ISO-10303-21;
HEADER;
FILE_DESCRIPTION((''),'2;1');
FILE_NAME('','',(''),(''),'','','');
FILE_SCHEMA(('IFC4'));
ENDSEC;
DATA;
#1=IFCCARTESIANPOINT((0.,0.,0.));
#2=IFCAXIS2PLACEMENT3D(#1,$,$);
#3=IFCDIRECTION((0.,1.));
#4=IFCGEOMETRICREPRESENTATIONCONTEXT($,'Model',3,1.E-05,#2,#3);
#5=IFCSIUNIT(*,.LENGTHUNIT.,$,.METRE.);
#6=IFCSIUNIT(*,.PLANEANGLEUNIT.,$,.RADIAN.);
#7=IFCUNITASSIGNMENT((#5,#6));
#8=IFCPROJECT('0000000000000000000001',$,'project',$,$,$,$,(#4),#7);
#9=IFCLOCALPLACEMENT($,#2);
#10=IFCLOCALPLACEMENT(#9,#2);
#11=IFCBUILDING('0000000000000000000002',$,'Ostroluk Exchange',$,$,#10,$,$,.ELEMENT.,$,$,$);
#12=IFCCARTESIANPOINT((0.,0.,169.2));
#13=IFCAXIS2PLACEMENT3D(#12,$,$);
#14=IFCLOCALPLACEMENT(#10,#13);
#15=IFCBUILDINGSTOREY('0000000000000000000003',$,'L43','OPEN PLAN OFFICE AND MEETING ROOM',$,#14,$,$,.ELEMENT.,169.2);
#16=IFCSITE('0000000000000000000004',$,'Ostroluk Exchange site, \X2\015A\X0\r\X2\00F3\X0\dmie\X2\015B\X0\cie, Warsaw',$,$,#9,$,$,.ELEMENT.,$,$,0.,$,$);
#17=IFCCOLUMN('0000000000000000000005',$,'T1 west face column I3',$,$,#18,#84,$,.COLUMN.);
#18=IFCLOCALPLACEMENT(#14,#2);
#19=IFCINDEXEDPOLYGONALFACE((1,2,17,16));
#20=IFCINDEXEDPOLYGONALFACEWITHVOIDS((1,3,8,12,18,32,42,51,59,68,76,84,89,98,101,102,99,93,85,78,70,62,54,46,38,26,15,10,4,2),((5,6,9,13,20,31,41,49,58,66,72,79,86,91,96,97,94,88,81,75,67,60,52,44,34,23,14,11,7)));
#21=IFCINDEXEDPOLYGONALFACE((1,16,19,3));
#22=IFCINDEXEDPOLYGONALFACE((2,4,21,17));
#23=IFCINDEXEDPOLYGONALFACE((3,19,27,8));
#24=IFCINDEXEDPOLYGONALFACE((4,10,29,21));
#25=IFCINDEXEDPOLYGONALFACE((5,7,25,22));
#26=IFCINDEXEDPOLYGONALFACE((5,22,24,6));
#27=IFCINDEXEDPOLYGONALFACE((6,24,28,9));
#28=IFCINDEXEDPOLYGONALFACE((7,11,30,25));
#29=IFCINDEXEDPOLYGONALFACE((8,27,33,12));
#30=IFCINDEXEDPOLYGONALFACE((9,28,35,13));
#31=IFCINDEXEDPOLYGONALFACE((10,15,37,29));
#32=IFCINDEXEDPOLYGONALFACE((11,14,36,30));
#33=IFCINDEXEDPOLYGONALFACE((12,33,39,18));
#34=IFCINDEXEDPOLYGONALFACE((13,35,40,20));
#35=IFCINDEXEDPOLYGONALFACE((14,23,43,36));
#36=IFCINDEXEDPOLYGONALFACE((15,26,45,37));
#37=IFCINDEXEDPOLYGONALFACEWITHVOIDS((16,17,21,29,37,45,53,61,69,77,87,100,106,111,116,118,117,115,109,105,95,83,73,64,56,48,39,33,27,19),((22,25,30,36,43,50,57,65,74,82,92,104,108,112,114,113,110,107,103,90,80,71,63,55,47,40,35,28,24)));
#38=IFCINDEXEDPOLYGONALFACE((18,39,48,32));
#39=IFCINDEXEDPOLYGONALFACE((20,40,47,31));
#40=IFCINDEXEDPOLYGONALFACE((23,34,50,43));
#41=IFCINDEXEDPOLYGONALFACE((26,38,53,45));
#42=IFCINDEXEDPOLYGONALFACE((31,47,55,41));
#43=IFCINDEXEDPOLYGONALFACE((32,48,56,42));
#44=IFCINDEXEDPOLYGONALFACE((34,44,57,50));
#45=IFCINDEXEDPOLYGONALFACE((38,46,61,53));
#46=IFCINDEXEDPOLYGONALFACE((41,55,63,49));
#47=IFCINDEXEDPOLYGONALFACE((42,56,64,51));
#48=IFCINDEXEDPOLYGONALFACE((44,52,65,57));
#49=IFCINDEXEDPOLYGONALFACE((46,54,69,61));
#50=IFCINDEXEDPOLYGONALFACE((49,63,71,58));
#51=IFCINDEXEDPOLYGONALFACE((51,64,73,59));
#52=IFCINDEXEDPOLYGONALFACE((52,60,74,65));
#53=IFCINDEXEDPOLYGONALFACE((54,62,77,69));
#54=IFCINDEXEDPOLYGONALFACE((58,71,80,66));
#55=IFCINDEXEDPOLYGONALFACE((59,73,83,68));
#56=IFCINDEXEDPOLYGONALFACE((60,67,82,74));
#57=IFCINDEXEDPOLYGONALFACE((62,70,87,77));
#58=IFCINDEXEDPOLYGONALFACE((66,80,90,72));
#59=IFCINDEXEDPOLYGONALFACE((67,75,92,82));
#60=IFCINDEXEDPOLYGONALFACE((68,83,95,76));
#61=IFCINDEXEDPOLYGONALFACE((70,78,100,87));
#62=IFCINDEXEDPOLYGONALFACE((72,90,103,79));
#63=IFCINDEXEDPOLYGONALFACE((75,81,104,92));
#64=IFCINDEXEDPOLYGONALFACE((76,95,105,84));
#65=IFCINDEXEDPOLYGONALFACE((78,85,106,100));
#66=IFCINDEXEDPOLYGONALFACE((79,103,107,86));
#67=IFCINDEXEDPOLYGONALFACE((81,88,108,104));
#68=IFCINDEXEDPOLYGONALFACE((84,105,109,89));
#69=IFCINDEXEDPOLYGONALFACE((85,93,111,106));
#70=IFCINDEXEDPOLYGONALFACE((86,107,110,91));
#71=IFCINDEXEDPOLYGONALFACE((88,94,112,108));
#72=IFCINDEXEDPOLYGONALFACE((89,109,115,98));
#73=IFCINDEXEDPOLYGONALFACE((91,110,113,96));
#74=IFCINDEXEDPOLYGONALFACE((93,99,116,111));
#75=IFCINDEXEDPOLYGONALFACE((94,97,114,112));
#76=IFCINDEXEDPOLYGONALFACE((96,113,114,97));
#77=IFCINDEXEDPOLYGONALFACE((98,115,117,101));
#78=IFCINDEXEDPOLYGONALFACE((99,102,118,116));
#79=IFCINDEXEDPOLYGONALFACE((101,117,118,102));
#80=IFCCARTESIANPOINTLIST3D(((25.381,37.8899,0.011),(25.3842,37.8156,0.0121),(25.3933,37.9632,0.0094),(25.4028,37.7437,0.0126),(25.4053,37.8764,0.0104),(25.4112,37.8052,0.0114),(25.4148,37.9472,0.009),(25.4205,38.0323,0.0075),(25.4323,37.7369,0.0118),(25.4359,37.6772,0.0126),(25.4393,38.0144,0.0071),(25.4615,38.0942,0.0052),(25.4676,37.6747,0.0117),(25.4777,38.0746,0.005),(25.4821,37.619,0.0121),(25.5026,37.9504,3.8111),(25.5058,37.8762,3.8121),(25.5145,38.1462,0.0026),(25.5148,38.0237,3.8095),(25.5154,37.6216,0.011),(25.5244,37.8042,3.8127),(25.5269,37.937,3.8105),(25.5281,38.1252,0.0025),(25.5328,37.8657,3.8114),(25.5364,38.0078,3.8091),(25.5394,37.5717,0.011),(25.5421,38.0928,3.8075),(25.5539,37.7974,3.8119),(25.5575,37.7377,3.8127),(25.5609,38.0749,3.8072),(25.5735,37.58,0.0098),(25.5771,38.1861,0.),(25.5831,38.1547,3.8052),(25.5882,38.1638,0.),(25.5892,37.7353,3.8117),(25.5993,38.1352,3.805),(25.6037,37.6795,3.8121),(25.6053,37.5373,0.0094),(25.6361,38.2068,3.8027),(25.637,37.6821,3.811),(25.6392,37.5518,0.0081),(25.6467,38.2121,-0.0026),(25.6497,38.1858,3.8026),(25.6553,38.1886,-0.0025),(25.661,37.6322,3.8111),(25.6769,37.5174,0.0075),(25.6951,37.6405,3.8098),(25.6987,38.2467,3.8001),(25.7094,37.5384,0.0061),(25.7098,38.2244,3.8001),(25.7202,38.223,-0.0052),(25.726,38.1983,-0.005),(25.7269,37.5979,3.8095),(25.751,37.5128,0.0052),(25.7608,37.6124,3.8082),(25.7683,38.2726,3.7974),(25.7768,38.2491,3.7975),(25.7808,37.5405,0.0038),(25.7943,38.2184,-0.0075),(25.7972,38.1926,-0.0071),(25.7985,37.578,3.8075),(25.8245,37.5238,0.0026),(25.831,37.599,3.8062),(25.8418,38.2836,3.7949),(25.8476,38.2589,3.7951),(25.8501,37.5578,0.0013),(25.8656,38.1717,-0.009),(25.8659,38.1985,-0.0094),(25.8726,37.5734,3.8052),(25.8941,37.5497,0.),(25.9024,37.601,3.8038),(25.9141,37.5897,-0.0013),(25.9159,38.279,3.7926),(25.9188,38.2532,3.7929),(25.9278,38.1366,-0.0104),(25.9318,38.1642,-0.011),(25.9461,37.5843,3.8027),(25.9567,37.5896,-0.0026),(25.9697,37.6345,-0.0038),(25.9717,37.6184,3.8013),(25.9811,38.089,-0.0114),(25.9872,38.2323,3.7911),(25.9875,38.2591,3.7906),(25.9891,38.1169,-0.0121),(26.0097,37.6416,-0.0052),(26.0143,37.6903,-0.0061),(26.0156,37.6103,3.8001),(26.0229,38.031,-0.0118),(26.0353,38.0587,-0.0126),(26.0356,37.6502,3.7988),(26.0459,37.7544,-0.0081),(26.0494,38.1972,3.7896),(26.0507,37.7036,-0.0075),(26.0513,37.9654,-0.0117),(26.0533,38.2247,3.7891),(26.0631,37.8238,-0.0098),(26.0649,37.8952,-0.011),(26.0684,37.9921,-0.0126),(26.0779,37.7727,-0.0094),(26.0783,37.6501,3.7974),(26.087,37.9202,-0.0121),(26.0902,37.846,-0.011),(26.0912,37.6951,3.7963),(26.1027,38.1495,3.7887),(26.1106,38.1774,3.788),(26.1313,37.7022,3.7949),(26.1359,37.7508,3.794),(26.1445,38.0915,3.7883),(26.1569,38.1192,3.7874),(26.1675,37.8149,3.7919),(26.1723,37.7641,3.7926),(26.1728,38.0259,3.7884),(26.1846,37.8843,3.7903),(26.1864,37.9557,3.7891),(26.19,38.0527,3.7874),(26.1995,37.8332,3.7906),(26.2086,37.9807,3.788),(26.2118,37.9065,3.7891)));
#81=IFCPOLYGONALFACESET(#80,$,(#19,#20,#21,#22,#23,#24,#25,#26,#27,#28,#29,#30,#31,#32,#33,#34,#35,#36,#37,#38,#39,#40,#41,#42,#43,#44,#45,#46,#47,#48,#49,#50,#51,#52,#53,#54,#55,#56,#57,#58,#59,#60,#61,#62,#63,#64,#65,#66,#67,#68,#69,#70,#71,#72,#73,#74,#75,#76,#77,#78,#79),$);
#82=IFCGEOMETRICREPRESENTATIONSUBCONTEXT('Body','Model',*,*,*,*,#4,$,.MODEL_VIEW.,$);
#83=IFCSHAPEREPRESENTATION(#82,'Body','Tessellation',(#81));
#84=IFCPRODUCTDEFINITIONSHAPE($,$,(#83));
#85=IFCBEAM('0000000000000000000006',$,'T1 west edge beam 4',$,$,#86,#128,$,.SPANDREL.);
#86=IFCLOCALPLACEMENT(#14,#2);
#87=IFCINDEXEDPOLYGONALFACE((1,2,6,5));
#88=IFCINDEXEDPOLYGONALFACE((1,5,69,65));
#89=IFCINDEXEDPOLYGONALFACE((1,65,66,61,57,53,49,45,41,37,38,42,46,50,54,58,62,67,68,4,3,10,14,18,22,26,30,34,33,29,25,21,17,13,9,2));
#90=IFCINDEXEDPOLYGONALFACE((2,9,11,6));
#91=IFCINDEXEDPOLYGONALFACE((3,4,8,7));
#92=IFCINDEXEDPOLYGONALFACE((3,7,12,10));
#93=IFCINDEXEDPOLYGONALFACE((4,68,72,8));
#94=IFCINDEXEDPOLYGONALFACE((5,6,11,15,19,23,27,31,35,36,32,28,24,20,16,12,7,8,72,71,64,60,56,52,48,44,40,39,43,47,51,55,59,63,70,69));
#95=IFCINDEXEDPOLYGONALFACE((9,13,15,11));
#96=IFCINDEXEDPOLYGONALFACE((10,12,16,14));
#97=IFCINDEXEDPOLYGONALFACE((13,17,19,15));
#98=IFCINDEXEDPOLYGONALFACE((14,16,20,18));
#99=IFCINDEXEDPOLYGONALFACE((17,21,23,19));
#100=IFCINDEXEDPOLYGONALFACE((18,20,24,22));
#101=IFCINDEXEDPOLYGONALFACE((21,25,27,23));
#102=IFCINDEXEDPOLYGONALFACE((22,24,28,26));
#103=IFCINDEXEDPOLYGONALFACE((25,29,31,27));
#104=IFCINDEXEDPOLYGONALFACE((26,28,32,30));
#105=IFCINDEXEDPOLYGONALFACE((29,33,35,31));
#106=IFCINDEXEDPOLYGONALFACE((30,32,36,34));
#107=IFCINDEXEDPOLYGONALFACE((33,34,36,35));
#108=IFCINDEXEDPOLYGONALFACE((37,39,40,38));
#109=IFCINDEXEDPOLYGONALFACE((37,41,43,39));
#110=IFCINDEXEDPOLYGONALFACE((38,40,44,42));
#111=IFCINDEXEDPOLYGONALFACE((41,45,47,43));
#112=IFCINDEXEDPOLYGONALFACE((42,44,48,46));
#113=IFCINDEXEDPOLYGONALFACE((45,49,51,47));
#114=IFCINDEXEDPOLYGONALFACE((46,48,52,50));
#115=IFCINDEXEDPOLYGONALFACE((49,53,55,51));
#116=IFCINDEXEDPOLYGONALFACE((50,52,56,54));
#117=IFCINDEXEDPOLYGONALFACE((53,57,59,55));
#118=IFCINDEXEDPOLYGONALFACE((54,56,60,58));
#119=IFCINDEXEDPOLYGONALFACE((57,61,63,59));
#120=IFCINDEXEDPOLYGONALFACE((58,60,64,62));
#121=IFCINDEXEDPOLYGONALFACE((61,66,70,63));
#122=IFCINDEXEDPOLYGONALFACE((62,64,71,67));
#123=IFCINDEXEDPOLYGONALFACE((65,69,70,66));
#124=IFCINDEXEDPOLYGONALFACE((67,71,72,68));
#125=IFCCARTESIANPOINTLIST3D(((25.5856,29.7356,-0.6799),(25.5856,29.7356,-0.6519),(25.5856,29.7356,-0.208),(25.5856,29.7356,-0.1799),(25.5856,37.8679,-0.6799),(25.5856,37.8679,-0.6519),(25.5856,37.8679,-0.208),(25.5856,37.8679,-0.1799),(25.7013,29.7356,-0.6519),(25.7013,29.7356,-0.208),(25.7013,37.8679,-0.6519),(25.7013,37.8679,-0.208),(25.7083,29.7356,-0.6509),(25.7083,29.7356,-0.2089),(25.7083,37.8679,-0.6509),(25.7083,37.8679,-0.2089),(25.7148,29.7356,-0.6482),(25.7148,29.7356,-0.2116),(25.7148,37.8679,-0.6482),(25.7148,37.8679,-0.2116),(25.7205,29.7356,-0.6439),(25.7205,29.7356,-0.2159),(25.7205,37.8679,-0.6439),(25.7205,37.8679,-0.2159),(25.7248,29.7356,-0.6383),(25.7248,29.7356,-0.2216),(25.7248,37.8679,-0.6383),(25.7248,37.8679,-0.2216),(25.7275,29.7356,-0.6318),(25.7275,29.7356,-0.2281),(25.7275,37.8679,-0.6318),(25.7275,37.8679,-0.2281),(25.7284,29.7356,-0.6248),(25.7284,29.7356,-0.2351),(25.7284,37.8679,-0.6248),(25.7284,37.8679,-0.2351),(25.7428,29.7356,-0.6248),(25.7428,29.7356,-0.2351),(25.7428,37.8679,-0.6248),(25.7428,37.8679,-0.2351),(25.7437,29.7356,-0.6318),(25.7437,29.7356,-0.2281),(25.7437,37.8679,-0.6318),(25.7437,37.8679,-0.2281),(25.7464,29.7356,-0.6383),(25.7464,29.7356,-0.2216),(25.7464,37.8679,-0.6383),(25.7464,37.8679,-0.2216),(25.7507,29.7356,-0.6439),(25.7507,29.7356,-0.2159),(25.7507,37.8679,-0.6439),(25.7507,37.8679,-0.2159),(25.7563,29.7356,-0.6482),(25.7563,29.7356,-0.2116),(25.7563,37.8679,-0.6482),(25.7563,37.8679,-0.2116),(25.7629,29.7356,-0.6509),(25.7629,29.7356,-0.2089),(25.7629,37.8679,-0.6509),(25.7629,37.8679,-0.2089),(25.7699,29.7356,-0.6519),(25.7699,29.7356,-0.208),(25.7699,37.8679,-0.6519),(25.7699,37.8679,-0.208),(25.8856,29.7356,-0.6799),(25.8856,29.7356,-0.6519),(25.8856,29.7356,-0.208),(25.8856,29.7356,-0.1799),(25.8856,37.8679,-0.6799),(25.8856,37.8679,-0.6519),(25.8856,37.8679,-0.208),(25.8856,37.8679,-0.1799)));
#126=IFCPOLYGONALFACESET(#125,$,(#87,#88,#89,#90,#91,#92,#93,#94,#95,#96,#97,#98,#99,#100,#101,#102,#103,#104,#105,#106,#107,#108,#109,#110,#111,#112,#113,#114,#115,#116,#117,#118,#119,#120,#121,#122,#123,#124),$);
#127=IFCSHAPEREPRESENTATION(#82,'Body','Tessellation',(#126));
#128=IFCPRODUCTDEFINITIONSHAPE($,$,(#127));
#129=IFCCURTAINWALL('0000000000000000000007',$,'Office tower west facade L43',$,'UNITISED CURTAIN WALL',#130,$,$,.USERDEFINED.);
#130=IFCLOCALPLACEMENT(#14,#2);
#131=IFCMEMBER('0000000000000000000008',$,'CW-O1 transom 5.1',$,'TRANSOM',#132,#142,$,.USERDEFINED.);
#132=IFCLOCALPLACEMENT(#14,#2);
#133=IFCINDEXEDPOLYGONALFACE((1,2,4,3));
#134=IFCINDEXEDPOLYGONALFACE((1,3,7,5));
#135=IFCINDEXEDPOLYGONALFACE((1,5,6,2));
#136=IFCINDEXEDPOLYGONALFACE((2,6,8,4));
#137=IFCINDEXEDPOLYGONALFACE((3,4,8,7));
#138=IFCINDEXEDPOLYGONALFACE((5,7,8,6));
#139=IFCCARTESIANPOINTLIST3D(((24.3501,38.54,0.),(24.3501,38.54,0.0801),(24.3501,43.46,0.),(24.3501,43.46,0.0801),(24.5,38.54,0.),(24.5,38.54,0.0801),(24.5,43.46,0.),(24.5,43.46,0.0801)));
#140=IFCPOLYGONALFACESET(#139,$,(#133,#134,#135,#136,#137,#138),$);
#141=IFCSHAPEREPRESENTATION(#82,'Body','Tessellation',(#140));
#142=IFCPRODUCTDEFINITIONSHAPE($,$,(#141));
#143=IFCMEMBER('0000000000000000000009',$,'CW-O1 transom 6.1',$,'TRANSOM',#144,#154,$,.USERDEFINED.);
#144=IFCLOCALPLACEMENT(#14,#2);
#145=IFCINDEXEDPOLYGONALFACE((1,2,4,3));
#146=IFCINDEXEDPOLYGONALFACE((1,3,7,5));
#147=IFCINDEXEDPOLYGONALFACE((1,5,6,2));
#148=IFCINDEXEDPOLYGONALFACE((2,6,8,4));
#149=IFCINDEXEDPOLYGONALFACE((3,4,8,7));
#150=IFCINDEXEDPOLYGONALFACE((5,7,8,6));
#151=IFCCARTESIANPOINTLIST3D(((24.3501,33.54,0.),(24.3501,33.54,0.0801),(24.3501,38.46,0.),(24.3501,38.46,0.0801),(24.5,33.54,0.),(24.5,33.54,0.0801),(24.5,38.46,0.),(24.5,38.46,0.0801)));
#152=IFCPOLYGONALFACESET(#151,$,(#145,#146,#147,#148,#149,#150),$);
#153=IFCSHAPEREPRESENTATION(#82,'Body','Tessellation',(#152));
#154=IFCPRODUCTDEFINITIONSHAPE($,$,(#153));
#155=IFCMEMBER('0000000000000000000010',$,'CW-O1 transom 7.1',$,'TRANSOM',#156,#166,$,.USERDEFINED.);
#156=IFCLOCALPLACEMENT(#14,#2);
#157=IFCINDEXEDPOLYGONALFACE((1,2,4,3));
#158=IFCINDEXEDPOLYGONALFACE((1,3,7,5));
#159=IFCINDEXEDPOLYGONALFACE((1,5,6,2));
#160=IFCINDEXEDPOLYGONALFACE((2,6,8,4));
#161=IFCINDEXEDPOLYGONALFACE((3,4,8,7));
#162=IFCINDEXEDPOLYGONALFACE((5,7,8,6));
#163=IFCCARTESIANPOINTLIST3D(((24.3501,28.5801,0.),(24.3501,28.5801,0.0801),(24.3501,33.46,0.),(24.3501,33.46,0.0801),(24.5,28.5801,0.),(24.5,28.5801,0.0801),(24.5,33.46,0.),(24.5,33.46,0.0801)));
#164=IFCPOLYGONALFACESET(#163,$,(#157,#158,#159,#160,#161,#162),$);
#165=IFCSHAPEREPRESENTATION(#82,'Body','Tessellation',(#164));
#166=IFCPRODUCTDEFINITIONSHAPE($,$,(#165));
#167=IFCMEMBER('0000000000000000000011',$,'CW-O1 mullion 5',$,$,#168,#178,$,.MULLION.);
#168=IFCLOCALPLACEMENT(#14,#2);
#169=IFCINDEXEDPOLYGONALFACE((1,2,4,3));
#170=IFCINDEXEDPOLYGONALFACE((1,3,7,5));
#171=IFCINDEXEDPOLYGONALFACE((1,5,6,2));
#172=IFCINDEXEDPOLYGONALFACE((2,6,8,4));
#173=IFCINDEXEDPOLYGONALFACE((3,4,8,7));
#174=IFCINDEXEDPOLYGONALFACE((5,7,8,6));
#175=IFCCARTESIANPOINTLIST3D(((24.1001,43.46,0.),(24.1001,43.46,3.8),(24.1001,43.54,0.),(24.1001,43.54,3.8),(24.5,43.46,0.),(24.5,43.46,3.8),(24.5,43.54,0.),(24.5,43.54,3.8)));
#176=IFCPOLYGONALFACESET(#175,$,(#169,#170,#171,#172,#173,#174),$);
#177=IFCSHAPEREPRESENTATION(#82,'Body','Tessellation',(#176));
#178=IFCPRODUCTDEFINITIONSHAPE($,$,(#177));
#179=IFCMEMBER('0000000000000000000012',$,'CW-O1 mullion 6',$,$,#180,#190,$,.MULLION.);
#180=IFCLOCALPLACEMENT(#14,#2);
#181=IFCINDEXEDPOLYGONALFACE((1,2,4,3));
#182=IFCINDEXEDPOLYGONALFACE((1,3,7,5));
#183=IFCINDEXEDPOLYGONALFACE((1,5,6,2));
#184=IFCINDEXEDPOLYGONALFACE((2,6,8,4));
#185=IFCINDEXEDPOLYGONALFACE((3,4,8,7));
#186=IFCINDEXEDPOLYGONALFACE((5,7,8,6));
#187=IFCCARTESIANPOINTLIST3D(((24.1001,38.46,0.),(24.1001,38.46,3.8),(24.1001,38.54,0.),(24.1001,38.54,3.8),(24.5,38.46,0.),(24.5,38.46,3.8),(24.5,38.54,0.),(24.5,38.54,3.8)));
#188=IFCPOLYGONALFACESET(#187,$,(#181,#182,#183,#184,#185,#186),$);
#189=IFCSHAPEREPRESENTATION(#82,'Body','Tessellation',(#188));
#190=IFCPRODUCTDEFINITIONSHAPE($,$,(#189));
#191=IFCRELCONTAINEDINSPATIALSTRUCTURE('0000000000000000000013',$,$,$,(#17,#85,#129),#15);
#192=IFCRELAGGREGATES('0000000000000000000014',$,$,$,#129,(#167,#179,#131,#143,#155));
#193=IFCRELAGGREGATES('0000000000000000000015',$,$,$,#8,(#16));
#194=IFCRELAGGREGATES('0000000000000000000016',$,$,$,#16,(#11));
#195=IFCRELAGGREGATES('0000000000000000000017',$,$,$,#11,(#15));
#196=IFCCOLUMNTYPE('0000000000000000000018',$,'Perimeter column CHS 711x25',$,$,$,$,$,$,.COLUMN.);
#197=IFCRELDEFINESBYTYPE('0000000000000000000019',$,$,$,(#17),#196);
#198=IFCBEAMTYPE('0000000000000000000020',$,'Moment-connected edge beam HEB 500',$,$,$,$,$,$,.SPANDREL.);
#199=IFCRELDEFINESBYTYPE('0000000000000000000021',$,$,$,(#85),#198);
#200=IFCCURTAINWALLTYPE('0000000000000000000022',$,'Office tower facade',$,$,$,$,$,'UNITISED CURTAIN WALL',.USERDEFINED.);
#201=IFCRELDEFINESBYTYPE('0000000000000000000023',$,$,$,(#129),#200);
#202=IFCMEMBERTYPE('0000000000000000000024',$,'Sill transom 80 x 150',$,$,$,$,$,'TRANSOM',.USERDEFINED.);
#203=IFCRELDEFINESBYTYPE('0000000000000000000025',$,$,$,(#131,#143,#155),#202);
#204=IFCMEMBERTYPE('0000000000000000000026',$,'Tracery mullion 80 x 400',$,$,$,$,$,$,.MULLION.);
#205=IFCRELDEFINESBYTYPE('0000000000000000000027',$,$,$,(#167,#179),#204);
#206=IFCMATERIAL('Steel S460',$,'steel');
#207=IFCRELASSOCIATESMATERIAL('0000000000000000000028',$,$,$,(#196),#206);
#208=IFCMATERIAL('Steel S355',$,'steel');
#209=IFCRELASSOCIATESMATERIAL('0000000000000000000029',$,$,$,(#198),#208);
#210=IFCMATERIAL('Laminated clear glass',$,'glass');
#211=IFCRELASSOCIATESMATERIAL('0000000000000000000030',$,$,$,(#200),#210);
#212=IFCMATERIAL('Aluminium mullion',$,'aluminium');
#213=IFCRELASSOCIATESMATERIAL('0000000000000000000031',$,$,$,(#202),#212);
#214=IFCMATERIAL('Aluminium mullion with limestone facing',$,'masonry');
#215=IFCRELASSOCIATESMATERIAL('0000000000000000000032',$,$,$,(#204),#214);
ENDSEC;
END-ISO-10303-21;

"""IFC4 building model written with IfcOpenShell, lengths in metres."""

from ifc_helpers import new_model, si_unit, direction, frame, origin, origin_2d, place, context, subcontext, project, spatial, rectangle, hollow_circle, i_section, extrude, material, material_profile, profile_set, type_object, element, aggregate, save


model = new_model("IFC4")

# Units and contexts
model_context = context("Model", 3, precision=1e-05, world=origin(), true_north=direction((0.0, 1.0)))
body_context = subcontext(model_context, "Body", "Model", "MODEL_VIEW")
ifc_project = project(units=[si_unit("LENGTHUNIT", "METRE"), si_unit("PLANEANGLEUNIT", "RADIAN")], contexts=[model_context])

# Site, building, storey
site_placement = place(None, origin())
site = spatial("IfcSite", under=ifc_project, at=site_placement, Name="Ostroluk Exchange site, Śródmieście, Warsaw", CompositionType="ELEMENT", RefElevation=0.0)
building_placement = place(site_placement, origin())
building = spatial("IfcBuilding", under=site, at=building_placement, Name="Ostroluk Exchange", CompositionType="ELEMENT")
storey_placement = place(building_placement, frame((0.0, 0.0, 169.2)))
storey = spatial("IfcBuildingStorey", under=building, at=storey_placement, Name="L43", Description="OPEN PLAN OFFICE AND MEETING ROOM", CompositionType="ELEMENT", Elevation=169.2)

# Column
ifc_material_1 = material(Name="Steel S460", Category="steel")
ifc_material_profile_1 = material_profile(ifc_material_1, hollow_circle(Radius=0.3555, WallThickness=0.0249, at=origin_2d()), Name="CHS 711x25")
ifc_profile_set_1 = profile_set([ifc_material_profile_1], Name="Steel S460")
column_type = type_object("IfcColumnType", Name="Perimeter column CHS 711x25", PredefinedType="COLUMN", material=ifc_profile_set_1)
column_placement = place(storey_placement, frame((25.7356, 37.8679, 0.0), z_axis=(0.031974, 0.015923, 0.999362), x_axis=(-0.445775, 0.895145, 0.0)))
element("IfcColumn", 1, at=column_placement, inside=storey, type_object=column_type, Name="T1 west face column I3", PredefinedType="COLUMN", context=body_context, shape_type="SweptSolid", body=[
    extrude(hollow_circle(Radius=0.3555, WallThickness=0.0249, at=origin_2d()), origin(), (0.0, 0.0, 1.0), 3.8025),
])

# Beam
ifc_material_2 = material(Name="Steel S355", Category="steel")
ifc_material_profile_2 = material_profile(ifc_material_2, i_section(OverallWidth=0.3, OverallDepth=0.5, WebThickness=0.0144, FlangeThickness=0.0281, FilletRadius=0.0271, at=origin_2d()), Name="HEB 500")
ifc_profile_set_2 = profile_set([ifc_material_profile_2], Name="Steel S355")
beam_type = type_object("IfcBeamType", Name="Moment-connected edge beam HEB 500", PredefinedType="SPANDREL", material=ifc_profile_set_2)
beam_placement = place(storey_placement, frame((25.7356, 37.8679, -0.4299), z_axis=(0.0, -1.0, 0.0), x_axis=(1.0, 0.0, 0.0)))
element("IfcBeam", 2, at=beam_placement, inside=storey, type_object=beam_type, Name="T1 west edge beam 4", PredefinedType="SPANDREL", context=body_context, shape_type="SweptSolid", body=[
    extrude(i_section(OverallWidth=0.3, OverallDepth=0.5, WebThickness=0.0144, FlangeThickness=0.0281, FilletRadius=0.0271, at=origin_2d()), origin(), (0.0, 0.0, 1.0), 8.1323),
])

# Curtain wall, members
ifc_material_3 = material(Name="Laminated clear glass", Category="glass")
curtain_wall_type = type_object("IfcCurtainWallType", Name="Office tower facade", ElementType="UNITISED CURTAIN WALL", PredefinedType="USERDEFINED", material=ifc_material_3)
curtain_wall_placement = place(storey_placement, origin())
curtain_wall = element("IfcCurtainWall", 3, at=curtain_wall_placement, inside=storey, type_object=curtain_wall_type, Name="Office tower west facade L43", ObjectType="UNITISED CURTAIN WALL", PredefinedType="USERDEFINED")
ifc_material_4 = material(Name="Aluminium mullion", Category="aluminium")
ifc_material_profile_3 = material_profile(ifc_material_4, rectangle(XDim=0.1499, YDim=0.0801, at=origin_2d()), Name="Sill transom 80 x 150")
ifc_profile_set_3 = profile_set([ifc_material_profile_3], Name="Aluminium mullion")
member_type_1 = type_object("IfcMemberType", Name="Sill transom 80 x 150", ElementType="TRANSOM", PredefinedType="USERDEFINED", material=ifc_profile_set_3)
member_1_placement = place(storey_placement, frame((24.425, 43.46, 0.04), z_axis=(0.0, -1.0, 0.0), x_axis=(1.0, 0.0, 0.0)))
member_1 = element("IfcMember", 4, at=member_1_placement, type_object=member_type_1, Name="CW-O1 transom 5.1", ObjectType="TRANSOM", PredefinedType="USERDEFINED", context=body_context, shape_type="SweptSolid", body=[
    extrude(rectangle(XDim=0.1499, YDim=0.0801, at=origin_2d()), origin(), (0.0, 0.0, 1.0), 4.9199),
])
member_2_placement = place(storey_placement, frame((24.425, 38.46, 0.04), z_axis=(0.0, -1.0, 0.0), x_axis=(1.0, 0.0, 0.0)))
member_2 = element("IfcMember", 5, at=member_2_placement, type_object=member_type_1, Name="CW-O1 transom 6.1", ObjectType="TRANSOM", PredefinedType="USERDEFINED", context=body_context, shape_type="SweptSolid", body=[
    extrude(rectangle(XDim=0.1499, YDim=0.0801, at=origin_2d()), origin(), (0.0, 0.0, 1.0), 4.9199),
])
member_3_placement = place(storey_placement, frame((24.425, 33.46, 0.04), z_axis=(0.0, -1.0, 0.0), x_axis=(1.0, 0.0, 0.0)))
member_3 = element("IfcMember", 6, at=member_3_placement, type_object=member_type_1, Name="CW-O1 transom 7.1", ObjectType="TRANSOM", PredefinedType="USERDEFINED", context=body_context, shape_type="SweptSolid", body=[
    extrude(rectangle(XDim=0.1499, YDim=0.0801, at=origin_2d()), origin(), (0.0, 0.0, 1.0), 4.8799),
])
ifc_material_5 = material(Name="Aluminium mullion with limestone facing", Category="masonry")
ifc_material_profile_4 = material_profile(ifc_material_5, rectangle(XDim=0.3999, YDim=0.0801, at=origin_2d()), Name="Tracery mullion 80 x 400")
ifc_profile_set_4 = profile_set([ifc_material_profile_4], Name="Aluminium mullion with limestone facing")
member_type_2 = type_object("IfcMemberType", Name="Tracery mullion 80 x 400", PredefinedType="MULLION", material=ifc_profile_set_4)
member_4_placement = place(storey_placement, frame((24.3, 43.5, 0.0), z_axis=(0.0, 0.0, 1.0), x_axis=(1.0, 0.0, 0.0)))
member_4 = element("IfcMember", 7, at=member_4_placement, type_object=member_type_2, Name="CW-O1 mullion 5", PredefinedType="MULLION", context=body_context, shape_type="SweptSolid", body=[
    extrude(rectangle(XDim=0.3999, YDim=0.0801, at=origin_2d()), origin(), (0.0, 0.0, 1.0), 3.8),
])
member_5_placement = place(storey_placement, frame((24.3, 38.5, 0.0), z_axis=(0.0, 0.0, 1.0), x_axis=(1.0, 0.0, 0.0)))
member_5 = element("IfcMember", 8, at=member_5_placement, type_object=member_type_2, Name="CW-O1 mullion 6", PredefinedType="MULLION", context=body_context, shape_type="SweptSolid", body=[
    extrude(rectangle(XDim=0.3999, YDim=0.0801, at=origin_2d()), origin(), (0.0, 0.0, 1.0), 3.8),
])
aggregate(curtain_wall, [member_4, member_5, member_1, member_2, member_3])

save(model, "model.ifc")
